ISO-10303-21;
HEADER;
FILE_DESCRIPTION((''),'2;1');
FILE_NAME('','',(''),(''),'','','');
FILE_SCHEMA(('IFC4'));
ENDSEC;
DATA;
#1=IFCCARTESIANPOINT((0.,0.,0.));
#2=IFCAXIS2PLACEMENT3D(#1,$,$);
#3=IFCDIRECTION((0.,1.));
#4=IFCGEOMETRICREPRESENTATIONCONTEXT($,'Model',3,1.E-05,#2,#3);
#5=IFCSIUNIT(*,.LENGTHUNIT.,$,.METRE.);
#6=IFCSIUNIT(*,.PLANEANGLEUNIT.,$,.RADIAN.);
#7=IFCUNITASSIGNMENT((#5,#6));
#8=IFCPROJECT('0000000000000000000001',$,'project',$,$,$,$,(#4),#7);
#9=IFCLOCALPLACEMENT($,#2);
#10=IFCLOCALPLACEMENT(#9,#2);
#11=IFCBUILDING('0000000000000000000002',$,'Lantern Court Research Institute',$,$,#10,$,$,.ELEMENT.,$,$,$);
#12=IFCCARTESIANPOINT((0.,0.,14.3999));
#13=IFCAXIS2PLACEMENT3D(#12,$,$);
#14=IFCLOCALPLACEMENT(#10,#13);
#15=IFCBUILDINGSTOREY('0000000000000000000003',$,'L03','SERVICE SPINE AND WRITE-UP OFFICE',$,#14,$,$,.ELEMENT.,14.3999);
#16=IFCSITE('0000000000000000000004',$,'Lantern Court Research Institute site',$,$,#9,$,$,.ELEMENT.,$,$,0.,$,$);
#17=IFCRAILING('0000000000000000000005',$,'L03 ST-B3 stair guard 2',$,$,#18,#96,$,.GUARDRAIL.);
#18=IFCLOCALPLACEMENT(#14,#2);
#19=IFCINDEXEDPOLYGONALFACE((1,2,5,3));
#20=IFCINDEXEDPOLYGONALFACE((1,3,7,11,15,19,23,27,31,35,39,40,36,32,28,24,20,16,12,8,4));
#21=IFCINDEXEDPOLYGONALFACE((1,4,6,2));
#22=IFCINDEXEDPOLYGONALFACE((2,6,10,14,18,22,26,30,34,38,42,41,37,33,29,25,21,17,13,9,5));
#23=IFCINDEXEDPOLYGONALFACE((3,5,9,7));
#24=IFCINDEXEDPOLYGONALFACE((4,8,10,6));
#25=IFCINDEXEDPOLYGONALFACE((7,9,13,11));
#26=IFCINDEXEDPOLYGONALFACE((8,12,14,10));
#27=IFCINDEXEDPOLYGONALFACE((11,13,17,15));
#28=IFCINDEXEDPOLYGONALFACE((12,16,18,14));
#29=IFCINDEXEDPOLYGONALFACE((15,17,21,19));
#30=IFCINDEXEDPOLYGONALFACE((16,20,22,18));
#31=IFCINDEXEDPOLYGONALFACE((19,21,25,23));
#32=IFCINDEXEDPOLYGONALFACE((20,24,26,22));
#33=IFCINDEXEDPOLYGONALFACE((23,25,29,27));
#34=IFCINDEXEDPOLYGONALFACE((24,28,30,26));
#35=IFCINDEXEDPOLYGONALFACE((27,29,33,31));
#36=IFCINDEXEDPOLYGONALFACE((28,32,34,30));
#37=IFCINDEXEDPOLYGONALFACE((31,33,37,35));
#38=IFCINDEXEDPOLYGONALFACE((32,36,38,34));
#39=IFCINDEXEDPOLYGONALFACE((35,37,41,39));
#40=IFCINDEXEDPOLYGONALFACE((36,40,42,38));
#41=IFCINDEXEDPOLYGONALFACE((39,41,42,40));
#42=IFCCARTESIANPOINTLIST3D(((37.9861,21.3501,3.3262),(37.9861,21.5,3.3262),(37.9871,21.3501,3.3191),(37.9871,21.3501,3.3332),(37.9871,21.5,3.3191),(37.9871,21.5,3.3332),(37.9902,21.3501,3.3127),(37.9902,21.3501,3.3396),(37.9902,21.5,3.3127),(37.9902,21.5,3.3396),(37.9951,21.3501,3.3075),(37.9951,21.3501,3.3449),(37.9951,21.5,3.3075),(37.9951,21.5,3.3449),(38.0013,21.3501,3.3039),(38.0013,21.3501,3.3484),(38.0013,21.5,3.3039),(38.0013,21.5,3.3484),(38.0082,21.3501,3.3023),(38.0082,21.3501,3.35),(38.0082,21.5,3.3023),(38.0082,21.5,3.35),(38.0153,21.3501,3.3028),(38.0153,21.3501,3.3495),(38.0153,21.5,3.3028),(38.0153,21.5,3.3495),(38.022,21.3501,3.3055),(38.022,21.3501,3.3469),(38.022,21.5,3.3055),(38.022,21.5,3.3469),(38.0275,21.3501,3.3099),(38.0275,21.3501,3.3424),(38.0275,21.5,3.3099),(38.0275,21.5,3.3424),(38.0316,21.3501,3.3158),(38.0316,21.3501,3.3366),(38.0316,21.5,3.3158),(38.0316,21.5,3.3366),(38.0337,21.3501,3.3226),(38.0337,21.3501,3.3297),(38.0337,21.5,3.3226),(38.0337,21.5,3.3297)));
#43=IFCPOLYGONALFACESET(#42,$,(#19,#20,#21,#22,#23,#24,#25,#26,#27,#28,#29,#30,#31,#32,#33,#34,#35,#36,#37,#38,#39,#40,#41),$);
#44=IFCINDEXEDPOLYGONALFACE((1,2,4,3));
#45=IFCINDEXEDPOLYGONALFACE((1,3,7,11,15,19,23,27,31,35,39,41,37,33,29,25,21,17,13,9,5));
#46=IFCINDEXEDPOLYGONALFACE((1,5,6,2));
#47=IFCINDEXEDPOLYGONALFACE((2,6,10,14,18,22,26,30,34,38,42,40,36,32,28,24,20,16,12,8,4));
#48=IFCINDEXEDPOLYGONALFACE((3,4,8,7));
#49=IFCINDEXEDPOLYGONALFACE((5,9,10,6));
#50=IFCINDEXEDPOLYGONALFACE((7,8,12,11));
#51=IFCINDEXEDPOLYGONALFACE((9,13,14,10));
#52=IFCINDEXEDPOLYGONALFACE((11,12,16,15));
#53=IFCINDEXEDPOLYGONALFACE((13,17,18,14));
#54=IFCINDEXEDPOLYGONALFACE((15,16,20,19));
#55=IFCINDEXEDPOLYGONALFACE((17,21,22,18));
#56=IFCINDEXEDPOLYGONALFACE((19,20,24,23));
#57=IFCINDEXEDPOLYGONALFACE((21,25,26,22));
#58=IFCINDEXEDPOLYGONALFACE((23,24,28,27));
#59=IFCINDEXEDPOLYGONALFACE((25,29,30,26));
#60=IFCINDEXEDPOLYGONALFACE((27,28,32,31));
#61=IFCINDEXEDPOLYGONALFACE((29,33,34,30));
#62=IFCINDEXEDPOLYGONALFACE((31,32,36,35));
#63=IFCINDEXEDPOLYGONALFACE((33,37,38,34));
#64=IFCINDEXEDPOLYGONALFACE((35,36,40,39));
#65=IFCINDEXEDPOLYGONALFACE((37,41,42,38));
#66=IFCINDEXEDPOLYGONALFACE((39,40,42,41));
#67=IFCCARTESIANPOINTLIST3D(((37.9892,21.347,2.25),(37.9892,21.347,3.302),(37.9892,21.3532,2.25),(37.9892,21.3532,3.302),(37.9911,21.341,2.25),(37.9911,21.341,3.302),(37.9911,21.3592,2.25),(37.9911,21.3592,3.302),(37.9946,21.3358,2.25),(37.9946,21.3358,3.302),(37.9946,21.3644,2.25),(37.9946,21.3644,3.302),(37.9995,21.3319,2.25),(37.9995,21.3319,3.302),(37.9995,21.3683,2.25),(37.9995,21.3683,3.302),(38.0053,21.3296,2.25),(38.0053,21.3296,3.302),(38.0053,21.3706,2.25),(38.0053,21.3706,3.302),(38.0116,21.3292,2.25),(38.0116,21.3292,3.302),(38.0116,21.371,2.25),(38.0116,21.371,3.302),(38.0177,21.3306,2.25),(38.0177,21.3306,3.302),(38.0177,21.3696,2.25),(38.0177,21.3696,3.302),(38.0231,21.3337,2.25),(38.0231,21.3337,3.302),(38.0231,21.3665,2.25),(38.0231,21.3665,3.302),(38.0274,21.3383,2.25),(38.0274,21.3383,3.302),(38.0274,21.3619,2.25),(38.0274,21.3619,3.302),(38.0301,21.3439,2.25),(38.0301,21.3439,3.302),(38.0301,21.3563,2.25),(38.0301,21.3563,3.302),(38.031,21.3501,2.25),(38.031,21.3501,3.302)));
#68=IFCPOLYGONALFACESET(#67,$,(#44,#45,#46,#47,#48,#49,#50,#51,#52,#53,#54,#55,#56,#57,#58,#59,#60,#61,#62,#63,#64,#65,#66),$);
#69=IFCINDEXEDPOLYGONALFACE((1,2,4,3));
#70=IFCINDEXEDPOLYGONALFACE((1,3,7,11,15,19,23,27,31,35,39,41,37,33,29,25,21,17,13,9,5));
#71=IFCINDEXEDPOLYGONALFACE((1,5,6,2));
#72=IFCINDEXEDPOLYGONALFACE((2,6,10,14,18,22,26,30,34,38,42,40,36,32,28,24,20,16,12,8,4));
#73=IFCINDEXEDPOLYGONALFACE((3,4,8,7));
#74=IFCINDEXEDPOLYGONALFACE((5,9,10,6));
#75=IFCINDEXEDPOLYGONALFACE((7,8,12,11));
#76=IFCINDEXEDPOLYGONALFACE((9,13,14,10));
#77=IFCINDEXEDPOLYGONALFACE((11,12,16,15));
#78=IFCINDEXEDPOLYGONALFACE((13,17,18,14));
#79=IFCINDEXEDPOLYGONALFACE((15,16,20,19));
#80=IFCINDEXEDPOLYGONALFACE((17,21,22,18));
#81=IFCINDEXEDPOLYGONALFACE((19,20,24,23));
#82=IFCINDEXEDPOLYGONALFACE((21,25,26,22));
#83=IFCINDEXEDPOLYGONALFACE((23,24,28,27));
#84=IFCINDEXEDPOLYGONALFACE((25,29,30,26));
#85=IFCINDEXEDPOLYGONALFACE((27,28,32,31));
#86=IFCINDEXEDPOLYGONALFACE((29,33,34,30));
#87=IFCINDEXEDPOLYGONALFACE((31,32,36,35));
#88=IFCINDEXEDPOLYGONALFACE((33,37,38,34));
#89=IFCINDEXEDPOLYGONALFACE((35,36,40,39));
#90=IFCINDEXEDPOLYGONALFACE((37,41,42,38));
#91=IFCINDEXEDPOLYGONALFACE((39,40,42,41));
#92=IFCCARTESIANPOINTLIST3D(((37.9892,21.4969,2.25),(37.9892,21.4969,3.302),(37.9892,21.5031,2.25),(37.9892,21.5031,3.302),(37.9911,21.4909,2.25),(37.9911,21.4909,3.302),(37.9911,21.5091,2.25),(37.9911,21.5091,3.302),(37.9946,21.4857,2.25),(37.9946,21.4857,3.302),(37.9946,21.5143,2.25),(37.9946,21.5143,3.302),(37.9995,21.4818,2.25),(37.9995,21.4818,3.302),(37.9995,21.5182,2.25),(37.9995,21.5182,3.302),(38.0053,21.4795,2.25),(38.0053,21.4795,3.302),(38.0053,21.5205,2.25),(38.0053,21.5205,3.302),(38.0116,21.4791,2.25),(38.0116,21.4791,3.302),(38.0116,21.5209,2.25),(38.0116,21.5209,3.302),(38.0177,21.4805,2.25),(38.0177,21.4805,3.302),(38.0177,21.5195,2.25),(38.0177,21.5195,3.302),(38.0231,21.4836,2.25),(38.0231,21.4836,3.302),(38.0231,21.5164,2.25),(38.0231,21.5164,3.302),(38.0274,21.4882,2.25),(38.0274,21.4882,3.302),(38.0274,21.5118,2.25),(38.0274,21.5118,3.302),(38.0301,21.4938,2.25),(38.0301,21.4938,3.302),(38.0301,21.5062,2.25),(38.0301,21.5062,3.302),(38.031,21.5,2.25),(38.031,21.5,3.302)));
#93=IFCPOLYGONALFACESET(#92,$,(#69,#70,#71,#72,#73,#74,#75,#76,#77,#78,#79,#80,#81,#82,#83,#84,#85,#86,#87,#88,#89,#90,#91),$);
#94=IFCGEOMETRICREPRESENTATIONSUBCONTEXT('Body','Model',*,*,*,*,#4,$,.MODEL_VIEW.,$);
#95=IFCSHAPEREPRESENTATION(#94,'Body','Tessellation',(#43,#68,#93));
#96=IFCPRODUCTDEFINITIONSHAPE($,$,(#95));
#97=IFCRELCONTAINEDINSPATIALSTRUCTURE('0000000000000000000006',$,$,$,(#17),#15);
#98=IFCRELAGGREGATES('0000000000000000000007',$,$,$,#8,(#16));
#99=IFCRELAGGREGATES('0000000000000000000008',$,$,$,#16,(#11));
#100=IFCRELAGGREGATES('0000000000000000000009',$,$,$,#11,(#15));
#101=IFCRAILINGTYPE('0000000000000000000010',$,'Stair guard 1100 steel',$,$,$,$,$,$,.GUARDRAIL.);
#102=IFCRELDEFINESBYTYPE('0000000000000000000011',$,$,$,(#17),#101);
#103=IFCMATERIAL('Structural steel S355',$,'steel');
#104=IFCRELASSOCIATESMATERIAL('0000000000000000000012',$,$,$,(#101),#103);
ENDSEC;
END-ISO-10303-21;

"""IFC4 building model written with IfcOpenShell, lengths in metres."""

from ifc_helpers import new_model, si_unit, direction, frame, origin, origin_2d, place, context, subcontext, project, spatial, circle, extrude, material, type_object, element, save


model = new_model("IFC4")

# Units and contexts
model_context = context("Model", 3, precision=1e-05, world=origin(), true_north=direction((0.0, 1.0)))
body_context = subcontext(model_context, "Body", "Model", "MODEL_VIEW")
ifc_project = project(units=[si_unit("LENGTHUNIT", "METRE"), si_unit("PLANEANGLEUNIT", "RADIAN")], contexts=[model_context])

# Site, building, storey
site_placement = place(None, origin())
site = spatial("IfcSite", under=ifc_project, at=site_placement, Name="Lantern Court Research Institute site", CompositionType="ELEMENT", RefElevation=0.0)
building_placement = place(site_placement, origin())
building = spatial("IfcBuilding", under=site, at=building_placement, Name="Lantern Court Research Institute", CompositionType="ELEMENT")
storey_placement = place(building_placement, frame((0.0, 0.0, 14.3999)))
storey = spatial("IfcBuildingStorey", under=building, at=storey_placement, Name="L03", Description="SERVICE SPINE AND WRITE-UP OFFICE", CompositionType="ELEMENT", Elevation=14.3999)

# Railing
ifc_material_1 = material(Name="Structural steel S355", Category="steel")
railing_type_1 = type_object("IfcRailingType", Name="Stair guard 1100 steel", PredefinedType="GUARDRAIL", material=ifc_material_1)
railing_1_placement = place(storey_placement, frame((38.01, 21.3501, 2.25)))
element("IfcRailing", 1, at=railing_1_placement, inside=storey, type_object=railing_type_1, Name="L03 ST-B3 stair guard 2", PredefinedType="GUARDRAIL", context=body_context, shape_type="SweptSolid", body=[
    extrude(circle(Radius=0.0239, at=origin_2d()), frame((0.0, 0.0, 1.0762), z_axis=(0.0, 1.0, 0.0), x_axis=(-1.0, 0.0, 0.0)), (0.0, 0.0, 1.0), 0.1499),
    extrude(circle(Radius=0.021, at=origin_2d()), origin(), (0.0, 0.0, 1.0), 1.052),
    extrude(circle(Radius=0.021, at=origin_2d()), frame((0.0, 0.1499, 0.0)), (0.0, 0.0, 1.0), 1.052),
])

save(model, "model.ifc")
